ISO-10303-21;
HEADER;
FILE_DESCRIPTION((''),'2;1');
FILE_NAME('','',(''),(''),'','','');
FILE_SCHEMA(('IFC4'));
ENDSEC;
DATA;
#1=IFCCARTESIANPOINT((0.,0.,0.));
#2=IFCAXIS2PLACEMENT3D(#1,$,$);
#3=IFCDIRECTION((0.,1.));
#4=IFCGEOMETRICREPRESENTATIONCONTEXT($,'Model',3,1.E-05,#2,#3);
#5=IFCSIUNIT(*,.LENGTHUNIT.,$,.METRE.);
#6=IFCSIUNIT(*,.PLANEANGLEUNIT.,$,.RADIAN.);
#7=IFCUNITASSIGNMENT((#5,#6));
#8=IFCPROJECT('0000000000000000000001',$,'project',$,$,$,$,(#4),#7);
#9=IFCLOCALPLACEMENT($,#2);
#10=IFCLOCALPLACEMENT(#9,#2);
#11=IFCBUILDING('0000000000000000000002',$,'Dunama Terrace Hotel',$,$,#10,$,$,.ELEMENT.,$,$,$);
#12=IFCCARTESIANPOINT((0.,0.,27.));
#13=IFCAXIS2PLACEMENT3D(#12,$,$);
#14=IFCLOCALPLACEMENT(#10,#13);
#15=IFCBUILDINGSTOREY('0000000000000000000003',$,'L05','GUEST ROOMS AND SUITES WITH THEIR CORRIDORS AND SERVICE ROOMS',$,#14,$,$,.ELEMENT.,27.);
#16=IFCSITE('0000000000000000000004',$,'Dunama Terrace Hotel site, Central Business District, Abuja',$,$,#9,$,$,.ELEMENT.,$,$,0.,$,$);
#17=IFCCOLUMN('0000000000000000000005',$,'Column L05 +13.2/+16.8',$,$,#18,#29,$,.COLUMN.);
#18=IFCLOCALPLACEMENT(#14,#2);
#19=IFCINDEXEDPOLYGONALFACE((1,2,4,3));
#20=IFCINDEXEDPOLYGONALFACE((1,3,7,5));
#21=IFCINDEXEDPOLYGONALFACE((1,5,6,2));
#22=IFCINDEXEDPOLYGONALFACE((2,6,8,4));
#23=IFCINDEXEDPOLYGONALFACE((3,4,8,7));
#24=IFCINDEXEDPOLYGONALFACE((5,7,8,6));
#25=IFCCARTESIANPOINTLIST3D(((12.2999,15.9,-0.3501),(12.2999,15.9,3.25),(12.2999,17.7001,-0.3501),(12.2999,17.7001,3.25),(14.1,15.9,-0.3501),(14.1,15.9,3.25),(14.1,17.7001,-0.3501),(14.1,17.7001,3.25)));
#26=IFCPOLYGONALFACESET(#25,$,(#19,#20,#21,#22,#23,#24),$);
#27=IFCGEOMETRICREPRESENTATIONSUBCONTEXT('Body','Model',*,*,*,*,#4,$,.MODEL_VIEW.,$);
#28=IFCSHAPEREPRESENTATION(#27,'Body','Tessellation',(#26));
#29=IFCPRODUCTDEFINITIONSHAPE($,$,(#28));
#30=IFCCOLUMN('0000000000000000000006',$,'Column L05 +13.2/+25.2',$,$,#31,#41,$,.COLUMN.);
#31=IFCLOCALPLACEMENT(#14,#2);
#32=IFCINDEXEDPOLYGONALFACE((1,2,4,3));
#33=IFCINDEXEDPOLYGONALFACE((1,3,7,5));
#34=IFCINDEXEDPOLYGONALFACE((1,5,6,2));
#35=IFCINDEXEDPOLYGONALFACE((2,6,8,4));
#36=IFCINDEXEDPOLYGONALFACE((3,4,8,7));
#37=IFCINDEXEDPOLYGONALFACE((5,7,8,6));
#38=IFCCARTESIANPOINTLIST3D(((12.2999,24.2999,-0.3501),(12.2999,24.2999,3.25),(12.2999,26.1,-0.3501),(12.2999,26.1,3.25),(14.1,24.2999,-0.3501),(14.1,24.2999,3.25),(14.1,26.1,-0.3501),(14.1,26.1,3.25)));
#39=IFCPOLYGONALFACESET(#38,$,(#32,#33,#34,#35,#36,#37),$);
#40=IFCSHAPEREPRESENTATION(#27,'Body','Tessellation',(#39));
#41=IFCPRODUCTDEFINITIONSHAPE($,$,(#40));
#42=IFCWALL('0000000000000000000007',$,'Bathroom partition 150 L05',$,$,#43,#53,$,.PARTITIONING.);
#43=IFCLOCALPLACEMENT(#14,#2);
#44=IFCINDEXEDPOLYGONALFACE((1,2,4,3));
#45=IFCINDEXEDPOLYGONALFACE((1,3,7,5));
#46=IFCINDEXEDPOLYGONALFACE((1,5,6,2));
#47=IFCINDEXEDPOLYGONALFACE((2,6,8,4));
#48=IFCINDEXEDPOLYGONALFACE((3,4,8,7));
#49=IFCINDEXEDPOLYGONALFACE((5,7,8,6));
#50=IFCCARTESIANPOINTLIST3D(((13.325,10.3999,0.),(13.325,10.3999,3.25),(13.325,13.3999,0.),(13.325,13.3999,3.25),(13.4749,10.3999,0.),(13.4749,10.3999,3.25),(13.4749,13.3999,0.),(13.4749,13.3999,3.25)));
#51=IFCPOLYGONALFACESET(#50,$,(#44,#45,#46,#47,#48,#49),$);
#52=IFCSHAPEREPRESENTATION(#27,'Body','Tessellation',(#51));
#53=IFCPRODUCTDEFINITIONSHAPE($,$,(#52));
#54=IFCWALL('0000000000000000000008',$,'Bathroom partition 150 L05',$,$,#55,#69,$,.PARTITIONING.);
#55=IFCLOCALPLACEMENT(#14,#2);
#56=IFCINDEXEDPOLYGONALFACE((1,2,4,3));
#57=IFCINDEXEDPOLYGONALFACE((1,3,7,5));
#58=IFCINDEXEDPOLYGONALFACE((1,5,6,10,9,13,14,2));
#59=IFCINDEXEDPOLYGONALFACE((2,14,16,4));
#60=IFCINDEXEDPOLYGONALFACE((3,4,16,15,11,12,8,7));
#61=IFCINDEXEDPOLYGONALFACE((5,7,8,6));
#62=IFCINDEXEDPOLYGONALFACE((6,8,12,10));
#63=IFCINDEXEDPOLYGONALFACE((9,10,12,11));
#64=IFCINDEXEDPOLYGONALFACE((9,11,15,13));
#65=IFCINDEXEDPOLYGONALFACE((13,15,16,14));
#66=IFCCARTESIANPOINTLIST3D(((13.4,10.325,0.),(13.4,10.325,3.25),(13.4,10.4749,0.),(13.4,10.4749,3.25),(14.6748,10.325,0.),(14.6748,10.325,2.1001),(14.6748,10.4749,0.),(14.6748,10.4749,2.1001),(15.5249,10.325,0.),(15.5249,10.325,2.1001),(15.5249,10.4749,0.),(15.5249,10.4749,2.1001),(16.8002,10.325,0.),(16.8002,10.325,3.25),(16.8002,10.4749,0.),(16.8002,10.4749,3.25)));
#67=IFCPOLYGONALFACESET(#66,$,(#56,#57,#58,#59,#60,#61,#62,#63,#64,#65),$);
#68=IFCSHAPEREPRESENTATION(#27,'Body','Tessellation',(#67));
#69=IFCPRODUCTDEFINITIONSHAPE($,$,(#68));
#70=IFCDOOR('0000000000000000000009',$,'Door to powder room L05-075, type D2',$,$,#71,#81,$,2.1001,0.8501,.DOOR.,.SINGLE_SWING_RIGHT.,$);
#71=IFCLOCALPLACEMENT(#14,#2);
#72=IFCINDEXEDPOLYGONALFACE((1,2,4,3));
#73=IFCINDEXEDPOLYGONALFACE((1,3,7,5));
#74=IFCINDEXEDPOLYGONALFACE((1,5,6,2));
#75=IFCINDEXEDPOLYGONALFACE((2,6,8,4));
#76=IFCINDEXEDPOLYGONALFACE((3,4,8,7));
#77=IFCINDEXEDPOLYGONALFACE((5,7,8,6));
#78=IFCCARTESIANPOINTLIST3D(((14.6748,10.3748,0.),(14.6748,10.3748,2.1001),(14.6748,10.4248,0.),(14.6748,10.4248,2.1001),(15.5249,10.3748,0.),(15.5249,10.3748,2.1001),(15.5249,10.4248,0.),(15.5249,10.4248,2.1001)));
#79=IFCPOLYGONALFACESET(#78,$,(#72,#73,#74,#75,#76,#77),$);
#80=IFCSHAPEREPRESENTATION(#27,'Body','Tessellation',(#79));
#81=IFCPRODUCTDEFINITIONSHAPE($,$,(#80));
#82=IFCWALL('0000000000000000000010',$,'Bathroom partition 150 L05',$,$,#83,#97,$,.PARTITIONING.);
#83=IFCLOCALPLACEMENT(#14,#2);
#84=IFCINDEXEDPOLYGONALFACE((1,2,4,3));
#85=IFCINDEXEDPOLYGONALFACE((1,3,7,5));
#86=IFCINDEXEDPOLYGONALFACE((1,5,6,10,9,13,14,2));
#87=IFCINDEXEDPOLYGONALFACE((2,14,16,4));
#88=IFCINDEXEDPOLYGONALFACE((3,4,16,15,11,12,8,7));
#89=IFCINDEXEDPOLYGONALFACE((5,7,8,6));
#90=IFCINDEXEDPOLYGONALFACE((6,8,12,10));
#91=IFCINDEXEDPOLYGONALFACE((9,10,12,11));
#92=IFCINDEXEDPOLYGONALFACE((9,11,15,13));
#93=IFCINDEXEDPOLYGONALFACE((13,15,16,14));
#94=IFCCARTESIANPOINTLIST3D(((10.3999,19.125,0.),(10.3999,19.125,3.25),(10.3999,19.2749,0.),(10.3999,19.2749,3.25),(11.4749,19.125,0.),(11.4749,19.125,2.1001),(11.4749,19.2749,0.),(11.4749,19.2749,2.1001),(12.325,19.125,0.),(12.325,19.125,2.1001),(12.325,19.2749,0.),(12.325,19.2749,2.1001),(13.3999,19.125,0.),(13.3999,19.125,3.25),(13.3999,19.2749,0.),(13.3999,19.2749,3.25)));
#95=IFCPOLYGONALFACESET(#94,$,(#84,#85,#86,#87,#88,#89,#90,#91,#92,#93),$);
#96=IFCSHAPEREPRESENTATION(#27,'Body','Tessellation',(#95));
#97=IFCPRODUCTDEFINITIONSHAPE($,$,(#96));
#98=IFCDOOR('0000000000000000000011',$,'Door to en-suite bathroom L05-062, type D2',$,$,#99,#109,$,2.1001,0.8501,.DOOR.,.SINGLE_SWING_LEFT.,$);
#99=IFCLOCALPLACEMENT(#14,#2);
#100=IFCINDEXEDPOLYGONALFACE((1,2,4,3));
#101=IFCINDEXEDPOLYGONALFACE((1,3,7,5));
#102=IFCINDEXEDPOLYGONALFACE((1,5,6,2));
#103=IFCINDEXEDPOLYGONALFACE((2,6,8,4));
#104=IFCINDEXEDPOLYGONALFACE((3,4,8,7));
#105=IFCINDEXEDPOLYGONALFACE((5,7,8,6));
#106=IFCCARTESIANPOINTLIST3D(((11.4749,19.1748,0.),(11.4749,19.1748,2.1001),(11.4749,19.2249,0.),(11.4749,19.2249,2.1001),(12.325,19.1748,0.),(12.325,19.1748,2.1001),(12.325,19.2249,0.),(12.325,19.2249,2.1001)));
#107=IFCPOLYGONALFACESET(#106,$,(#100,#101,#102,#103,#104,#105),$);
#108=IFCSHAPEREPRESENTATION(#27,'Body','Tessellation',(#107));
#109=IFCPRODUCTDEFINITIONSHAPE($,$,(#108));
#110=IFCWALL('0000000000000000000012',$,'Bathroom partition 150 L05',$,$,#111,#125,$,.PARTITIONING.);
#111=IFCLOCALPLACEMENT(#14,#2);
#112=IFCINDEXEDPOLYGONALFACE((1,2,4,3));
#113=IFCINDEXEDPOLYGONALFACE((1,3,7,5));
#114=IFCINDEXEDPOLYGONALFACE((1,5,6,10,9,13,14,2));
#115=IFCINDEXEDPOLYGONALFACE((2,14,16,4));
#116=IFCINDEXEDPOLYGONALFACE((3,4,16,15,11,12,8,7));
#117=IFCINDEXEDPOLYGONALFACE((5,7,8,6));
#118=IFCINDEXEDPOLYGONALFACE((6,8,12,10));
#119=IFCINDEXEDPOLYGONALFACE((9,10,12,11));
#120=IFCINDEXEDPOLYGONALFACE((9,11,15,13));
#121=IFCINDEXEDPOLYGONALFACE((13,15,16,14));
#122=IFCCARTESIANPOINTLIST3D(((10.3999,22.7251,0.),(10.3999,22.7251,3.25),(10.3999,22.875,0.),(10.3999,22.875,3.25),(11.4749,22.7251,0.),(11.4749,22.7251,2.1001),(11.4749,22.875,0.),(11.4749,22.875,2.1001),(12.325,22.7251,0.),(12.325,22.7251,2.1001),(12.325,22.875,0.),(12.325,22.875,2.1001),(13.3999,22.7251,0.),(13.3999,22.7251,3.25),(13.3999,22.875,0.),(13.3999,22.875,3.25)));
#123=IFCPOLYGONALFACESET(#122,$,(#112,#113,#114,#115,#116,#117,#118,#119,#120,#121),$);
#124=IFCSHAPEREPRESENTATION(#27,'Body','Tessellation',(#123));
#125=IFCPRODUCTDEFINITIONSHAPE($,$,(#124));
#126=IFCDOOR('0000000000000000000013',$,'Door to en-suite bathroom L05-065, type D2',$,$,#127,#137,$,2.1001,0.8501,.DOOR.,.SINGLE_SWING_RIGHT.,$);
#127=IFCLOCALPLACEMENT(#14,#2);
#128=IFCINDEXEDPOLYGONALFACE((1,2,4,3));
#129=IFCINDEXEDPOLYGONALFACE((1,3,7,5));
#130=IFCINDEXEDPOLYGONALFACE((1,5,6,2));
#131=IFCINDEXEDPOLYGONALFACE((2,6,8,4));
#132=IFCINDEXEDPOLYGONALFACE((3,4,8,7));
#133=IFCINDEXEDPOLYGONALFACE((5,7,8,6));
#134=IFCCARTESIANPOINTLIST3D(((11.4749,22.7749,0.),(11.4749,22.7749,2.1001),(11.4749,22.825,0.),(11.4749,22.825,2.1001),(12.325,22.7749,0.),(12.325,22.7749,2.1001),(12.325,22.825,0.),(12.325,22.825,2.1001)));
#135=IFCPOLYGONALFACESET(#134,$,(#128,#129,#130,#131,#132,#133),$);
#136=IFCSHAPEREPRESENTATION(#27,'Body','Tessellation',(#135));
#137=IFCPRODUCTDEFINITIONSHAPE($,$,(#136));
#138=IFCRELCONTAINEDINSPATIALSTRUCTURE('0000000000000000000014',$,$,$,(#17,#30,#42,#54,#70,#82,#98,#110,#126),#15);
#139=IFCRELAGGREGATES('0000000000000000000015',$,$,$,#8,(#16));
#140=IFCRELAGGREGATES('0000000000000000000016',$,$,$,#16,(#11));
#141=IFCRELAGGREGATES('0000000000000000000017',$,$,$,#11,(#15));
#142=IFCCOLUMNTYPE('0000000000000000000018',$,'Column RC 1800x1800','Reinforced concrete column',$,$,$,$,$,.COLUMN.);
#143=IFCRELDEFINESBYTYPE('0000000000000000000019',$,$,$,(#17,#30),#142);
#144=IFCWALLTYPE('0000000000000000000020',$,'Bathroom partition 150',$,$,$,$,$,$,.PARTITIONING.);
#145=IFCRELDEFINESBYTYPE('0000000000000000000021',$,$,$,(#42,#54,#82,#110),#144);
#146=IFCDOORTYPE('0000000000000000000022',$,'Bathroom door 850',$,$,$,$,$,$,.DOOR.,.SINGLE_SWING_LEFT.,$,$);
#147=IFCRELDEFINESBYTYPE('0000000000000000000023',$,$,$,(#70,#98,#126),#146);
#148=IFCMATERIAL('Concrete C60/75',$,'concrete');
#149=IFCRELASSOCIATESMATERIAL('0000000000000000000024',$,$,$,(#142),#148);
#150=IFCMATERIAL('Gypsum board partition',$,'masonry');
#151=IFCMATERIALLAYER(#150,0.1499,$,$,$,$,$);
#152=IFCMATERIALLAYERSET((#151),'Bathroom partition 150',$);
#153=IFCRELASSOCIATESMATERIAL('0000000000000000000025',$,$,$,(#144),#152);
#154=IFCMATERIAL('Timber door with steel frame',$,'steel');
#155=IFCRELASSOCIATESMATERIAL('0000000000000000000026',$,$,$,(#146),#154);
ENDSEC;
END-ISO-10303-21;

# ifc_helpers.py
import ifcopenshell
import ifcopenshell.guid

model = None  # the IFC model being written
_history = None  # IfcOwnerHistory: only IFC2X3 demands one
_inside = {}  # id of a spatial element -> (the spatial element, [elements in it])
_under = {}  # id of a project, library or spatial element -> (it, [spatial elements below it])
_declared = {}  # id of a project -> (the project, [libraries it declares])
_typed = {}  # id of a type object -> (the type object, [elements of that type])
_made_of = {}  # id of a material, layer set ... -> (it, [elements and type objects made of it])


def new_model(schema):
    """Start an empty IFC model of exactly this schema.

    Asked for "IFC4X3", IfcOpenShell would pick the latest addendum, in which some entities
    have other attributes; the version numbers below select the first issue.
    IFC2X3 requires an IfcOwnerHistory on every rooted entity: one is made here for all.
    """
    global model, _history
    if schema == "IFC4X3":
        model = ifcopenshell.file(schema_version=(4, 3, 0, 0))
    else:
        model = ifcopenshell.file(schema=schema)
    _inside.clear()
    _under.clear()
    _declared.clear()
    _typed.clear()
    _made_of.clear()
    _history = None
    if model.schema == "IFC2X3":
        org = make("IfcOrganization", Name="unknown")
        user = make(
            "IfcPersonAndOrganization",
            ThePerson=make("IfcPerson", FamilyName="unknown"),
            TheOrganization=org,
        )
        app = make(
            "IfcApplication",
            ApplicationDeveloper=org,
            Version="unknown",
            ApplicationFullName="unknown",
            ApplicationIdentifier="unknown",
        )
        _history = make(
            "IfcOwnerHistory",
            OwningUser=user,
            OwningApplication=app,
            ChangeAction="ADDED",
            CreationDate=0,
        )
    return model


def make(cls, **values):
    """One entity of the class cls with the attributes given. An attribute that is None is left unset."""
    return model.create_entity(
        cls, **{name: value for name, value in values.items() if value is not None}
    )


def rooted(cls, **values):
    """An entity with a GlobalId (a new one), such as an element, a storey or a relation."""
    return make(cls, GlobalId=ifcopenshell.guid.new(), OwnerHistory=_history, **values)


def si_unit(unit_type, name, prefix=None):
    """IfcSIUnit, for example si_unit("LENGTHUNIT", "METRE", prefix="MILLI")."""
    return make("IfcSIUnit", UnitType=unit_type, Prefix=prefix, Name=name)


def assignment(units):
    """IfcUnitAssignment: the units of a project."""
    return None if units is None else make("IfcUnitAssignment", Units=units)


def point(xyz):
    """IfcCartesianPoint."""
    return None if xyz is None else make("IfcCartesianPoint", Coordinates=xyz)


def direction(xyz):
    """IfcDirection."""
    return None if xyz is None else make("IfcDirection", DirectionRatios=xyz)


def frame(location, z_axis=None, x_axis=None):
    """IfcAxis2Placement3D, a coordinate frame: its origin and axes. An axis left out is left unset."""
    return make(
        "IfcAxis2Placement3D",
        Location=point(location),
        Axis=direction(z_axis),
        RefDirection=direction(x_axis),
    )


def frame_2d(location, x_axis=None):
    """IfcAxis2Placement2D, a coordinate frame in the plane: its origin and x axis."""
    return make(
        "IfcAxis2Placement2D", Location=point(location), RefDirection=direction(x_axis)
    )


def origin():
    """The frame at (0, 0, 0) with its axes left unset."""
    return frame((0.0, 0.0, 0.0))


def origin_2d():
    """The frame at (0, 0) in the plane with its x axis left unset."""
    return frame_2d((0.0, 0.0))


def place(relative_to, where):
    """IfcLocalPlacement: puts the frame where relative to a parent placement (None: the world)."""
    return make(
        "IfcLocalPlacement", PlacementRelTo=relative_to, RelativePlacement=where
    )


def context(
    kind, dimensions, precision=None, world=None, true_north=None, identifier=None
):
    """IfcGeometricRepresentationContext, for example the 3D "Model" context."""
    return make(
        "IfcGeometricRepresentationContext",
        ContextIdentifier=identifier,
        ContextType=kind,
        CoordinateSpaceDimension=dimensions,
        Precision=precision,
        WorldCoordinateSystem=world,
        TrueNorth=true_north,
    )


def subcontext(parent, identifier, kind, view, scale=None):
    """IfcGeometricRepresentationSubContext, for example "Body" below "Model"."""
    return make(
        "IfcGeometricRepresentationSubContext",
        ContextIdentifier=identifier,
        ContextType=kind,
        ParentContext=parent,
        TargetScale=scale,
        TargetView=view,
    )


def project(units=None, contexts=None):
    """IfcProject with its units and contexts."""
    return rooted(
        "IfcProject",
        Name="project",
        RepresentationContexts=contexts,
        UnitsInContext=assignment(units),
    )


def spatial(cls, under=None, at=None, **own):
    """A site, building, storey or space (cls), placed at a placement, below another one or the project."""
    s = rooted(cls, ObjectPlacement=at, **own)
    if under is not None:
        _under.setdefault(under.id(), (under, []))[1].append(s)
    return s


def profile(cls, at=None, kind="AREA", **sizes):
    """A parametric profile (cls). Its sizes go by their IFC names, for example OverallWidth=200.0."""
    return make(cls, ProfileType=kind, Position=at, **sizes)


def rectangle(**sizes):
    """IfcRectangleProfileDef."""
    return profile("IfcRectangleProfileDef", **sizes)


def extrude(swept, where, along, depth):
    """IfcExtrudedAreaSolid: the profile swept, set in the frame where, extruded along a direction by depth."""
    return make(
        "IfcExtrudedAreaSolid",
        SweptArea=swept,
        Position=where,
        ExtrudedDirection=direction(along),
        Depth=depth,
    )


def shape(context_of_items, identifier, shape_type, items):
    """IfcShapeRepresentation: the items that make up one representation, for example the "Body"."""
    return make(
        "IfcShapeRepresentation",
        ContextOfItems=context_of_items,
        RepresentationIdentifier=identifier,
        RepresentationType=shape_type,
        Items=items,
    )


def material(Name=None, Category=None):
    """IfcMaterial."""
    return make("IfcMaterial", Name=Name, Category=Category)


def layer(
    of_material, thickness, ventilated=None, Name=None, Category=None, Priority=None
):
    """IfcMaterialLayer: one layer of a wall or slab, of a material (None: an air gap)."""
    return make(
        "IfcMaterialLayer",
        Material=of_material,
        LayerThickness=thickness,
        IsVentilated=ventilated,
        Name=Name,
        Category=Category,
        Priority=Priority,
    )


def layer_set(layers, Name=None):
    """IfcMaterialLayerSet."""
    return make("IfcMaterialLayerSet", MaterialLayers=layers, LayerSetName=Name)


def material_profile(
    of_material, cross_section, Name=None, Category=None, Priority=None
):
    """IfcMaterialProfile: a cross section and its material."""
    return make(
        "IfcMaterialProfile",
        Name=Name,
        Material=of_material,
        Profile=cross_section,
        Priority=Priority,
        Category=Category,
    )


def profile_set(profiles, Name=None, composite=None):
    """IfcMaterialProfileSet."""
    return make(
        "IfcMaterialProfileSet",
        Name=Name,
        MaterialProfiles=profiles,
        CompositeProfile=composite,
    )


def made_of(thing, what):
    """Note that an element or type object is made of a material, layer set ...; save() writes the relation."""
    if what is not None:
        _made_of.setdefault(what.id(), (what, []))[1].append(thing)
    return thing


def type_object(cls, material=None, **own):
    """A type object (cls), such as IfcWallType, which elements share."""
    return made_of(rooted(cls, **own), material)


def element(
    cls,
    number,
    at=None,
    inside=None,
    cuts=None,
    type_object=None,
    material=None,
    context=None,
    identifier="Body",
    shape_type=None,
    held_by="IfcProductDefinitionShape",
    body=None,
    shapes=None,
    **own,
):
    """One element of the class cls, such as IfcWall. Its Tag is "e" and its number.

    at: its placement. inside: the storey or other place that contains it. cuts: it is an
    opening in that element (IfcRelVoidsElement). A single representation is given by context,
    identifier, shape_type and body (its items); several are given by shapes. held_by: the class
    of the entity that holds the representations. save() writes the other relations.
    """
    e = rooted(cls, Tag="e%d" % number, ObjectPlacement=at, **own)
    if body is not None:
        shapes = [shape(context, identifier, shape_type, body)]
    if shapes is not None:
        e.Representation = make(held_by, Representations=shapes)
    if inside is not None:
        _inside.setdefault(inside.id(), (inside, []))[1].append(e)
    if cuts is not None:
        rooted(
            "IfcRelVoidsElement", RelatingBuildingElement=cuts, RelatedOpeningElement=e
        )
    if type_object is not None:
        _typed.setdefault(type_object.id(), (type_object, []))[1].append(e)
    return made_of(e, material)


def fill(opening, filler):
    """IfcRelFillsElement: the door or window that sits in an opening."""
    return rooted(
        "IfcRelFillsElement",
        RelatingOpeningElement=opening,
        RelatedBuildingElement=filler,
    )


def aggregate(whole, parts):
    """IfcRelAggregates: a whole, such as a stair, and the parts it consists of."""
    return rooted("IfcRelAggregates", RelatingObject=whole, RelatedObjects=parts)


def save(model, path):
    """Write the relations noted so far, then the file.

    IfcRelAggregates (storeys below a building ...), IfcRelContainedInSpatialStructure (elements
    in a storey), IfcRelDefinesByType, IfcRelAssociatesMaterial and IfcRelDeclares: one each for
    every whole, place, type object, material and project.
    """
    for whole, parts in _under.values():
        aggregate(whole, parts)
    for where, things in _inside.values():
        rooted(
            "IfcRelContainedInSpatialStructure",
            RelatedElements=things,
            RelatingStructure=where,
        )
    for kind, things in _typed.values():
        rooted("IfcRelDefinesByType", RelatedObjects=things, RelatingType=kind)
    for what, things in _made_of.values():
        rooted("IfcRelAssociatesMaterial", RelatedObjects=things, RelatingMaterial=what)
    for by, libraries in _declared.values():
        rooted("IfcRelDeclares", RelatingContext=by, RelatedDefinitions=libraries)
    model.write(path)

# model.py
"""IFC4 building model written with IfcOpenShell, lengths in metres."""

from ifc_helpers import new_model, si_unit, direction, frame, frame_2d, origin, origin_2d, place, context, subcontext, project, spatial, rectangle, extrude, material, layer, layer_set, material_profile, profile_set, type_object, element, fill, save


model = new_model("IFC4")

# Units and contexts
model_context = context("Model", 3, precision=1e-05, world=origin(), true_north=direction((0.0, 1.0)))
body_context = subcontext(model_context, "Body", "Model", "MODEL_VIEW")
ifc_project = project(units=[si_unit("LENGTHUNIT", "METRE"), si_unit("PLANEANGLEUNIT", "RADIAN")], contexts=[model_context])

# Site, building, storey
site_placement = place(None, origin())
site = spatial("IfcSite", under=ifc_project, at=site_placement, Name="Dunama Terrace Hotel site, Central Business District, Abuja", CompositionType="ELEMENT", RefElevation=0.0)
building_placement = place(site_placement, origin())
building = spatial("IfcBuilding", under=site, at=building_placement, Name="Dunama Terrace Hotel", CompositionType="ELEMENT")
storey_placement = place(building_placement, frame((0.0, 0.0, 27.0)))
storey = spatial("IfcBuildingStorey", under=building, at=storey_placement, Name="L05", Description="GUEST ROOMS AND SUITES WITH THEIR CORRIDORS AND SERVICE ROOMS", CompositionType="ELEMENT", Elevation=27.0)

# Columns
ifc_material_1 = material(Name="Concrete C60/75", Category="concrete")
ifc_material_profile = material_profile(ifc_material_1, rectangle(XDim=1.8, YDim=1.8, at=origin_2d()), Name="RC 1800x1800")
ifc_profile_set = profile_set([ifc_material_profile], Name="Concrete C60/75")
column_type = type_object("IfcColumnType", Name="Column RC 1800x1800", Description="Reinforced concrete column", PredefinedType="COLUMN", material=ifc_profile_set)
for number, where, z_axis, x_axis, name in (
    (1, (13.2, 16.8, -0.3501), (0.0, 0.0, 1.0), (1.0, 0.0, 0.0), "Column L05 +13.2/+16.8"),
    (2, (13.2, 25.2, -0.3501), (0.0, 0.0, 1.0), (1.0, 0.0, 0.0), "Column L05 +13.2/+25.2"),
):
    element("IfcColumn", number, at=place(storey_placement, frame(where, z_axis=z_axis, x_axis=x_axis)), inside=storey, type_object=column_type, Name=name, PredefinedType="COLUMN", context=body_context, shape_type="SweptSolid", body=[
        extrude(rectangle(XDim=1.8, YDim=1.8, at=origin_2d()), origin(), (0.0, 0.0, 1.0), 3.6001),
    ])

# Wall
ifc_material_2 = material(Name="Gypsum board partition", Category="masonry")
ifc_layer_1 = layer(ifc_material_2, 0.1499)
ifc_layer_set_1 = layer_set([ifc_layer_1], Name="Bathroom partition 150")
wall_type_1 = type_object("IfcWallType", Name="Bathroom partition 150", PredefinedType="PARTITIONING", material=ifc_layer_set_1)
wall_1_placement = place(storey_placement, frame((13.3999, 10.3999, 0.0), z_axis=(0.0, 0.0, 1.0), x_axis=(0.0, 1.0, 0.0)))
element("IfcWall", 3, at=wall_1_placement, inside=storey, type_object=wall_type_1, Name="Bathroom partition 150 L05", PredefinedType="PARTITIONING", context=body_context, shape_type="SweptSolid", body=[
    extrude(rectangle(XDim=3.0, YDim=0.1499, at=frame_2d((1.5, 0.0))), origin(), (0.0, 0.0, 1.0), 3.25),
])

# Walls, openings, doors
wall_2_placement = place(storey_placement, frame((13.3999, 10.3999, 0.0), z_axis=(0.0, 0.0, 1.0), x_axis=(1.0, 0.0, 0.0)))
wall_2 = element("IfcWall", 4, at=wall_2_placement, inside=storey, type_object=wall_type_1, Name="Bathroom partition 150 L05", PredefinedType="PARTITIONING", context=body_context, shape_type="SweptSolid", body=[
    extrude(rectangle(XDim=3.4001, YDim=0.1499, at=frame_2d((1.7002, 0.0))), origin(), (0.0, 0.0, 1.0), 3.25),
])
opening_1_placement = place(wall_2_placement, frame((1.2749, 0.0, 0.0)))
opening_1 = element("IfcOpeningElement", 5, at=opening_1_placement, cuts=wall_2, PredefinedType="OPENING", context=body_context, shape_type="SweptSolid", body=[
    extrude(rectangle(XDim=0.8501, YDim=2.1001, at=frame_2d((0.425, 1.05))), frame((0.0, 0.085, 0.0), z_axis=(0.0, -1.0, 0.0), x_axis=(1.0, 0.0, 0.0)), (0.0, 0.0, 1.0), 0.1699),
])
ifc_material_3 = material(Name="Timber door with steel frame", Category="steel")
door_type_1 = type_object("IfcDoorType", Name="Bathroom door 850", OperationType="SINGLE_SWING_LEFT", PredefinedType="DOOR", material=ifc_material_3)
door_1_placement = place(opening_1_placement, origin())
door_1 = element("IfcDoor", 6, at=door_1_placement, inside=storey, type_object=door_type_1, Name="Door to powder room L05-075, type D2", OperationType="SINGLE_SWING_RIGHT", OverallHeight=2.1001, OverallWidth=0.8501, PredefinedType="DOOR", context=body_context, shape_type="SweptSolid", body=[
    extrude(rectangle(XDim=0.8501, YDim=2.1001, at=frame_2d((0.425, 1.05))), frame((0.0, 0.0249, 0.0), z_axis=(0.0, -1.0, 0.0), x_axis=(1.0, 0.0, 0.0)), (0.0, 0.0, 1.0), 0.05),
])
fill(opening_1, door_1)
wall_3_placement = place(storey_placement, frame((10.3999, 19.2, 0.0), z_axis=(0.0, 0.0, 1.0), x_axis=(1.0, 0.0, 0.0)))
wall_3 = element("IfcWall", 7, at=wall_3_placement, inside=storey, type_object=wall_type_1, Name="Bathroom partition 150 L05", PredefinedType="PARTITIONING", context=body_context, shape_type="SweptSolid", body=[
    extrude(rectangle(XDim=3.0, YDim=0.1499, at=frame_2d((1.5, 0.0))), origin(), (0.0, 0.0, 1.0), 3.25),
])
opening_2_placement = place(wall_3_placement, frame((1.075, 0.0, 0.0)))
opening_2 = element("IfcOpeningElement", 8, at=opening_2_placement, cuts=wall_3, PredefinedType="OPENING", context=body_context, shape_type="SweptSolid", body=[
    extrude(rectangle(XDim=0.8501, YDim=2.1001, at=frame_2d((0.425, 1.05))), frame((0.0, 0.085, 0.0), z_axis=(0.0, -1.0, 0.0), x_axis=(1.0, 0.0, 0.0)), (0.0, 0.0, 1.0), 0.1699),
])
door_2_placement = place(opening_2_placement, frame((0.8501, 0.0, 0.0), z_axis=(0.0, 0.0, 1.0), x_axis=(-1.0, 0.0, 0.0)))
door_2 = element("IfcDoor", 9, at=door_2_placement, inside=storey, type_object=door_type_1, Name="Door to en-suite bathroom L05-062, type D2", OperationType="SINGLE_SWING_LEFT", OverallHeight=2.1001, OverallWidth=0.8501, PredefinedType="DOOR", context=body_context, shape_type="SweptSolid", body=[
    extrude(rectangle(XDim=0.8501, YDim=2.1001, at=frame_2d((0.425, 1.05))), frame((0.0, 0.0251, 0.0), z_axis=(0.0, -1.0, 0.0), x_axis=(1.0, 0.0, 0.0)), (0.0, 0.0, 1.0), 0.05),
])
fill(opening_2, door_2)
wall_4_placement = place(storey_placement, frame((10.3999, 22.8, 0.0), z_axis=(0.0, 0.0, 1.0), x_axis=(1.0, 0.0, 0.0)))
wall_4 = element("IfcWall", 10, at=wall_4_placement, inside=storey, type_object=wall_type_1, Name="Bathroom partition 150 L05", PredefinedType="PARTITIONING", context=body_context, shape_type="SweptSolid", body=[
    extrude(rectangle(XDim=3.0, YDim=0.1499, at=frame_2d((1.5, 0.0))), origin(), (0.0, 0.0, 1.0), 3.25),
])
opening_3_placement = place(wall_4_placement, frame((1.075, 0.0, 0.0)))
opening_3 = element("IfcOpeningElement", 11, at=opening_3_placement, cuts=wall_4, PredefinedType="OPENING", context=body_context, shape_type="SweptSolid", body=[
    extrude(rectangle(XDim=0.8501, YDim=2.1001, at=frame_2d((0.425, 1.05))), frame((0.0, 0.085, 0.0), z_axis=(0.0, -1.0, 0.0), x_axis=(1.0, 0.0, 0.0)), (0.0, 0.0, 1.0), 0.1699),
])
door_3_placement = place(opening_3_placement, origin())
door_3 = element("IfcDoor", 12, at=door_3_placement, inside=storey, type_object=door_type_1, Name="Door to en-suite bathroom L05-065, type D2", OperationType="SINGLE_SWING_RIGHT", OverallHeight=2.1001, OverallWidth=0.8501, PredefinedType="DOOR", context=body_context, shape_type="SweptSolid", body=[
    extrude(rectangle(XDim=0.8501, YDim=2.1001, at=frame_2d((0.425, 1.05))), frame((0.0, 0.0249, 0.0), z_axis=(0.0, -1.0, 0.0), x_axis=(1.0, 0.0, 0.0)), (0.0, 0.0, 1.0), 0.05),
])
fill(opening_3, door_3)

save(model, "model.ifc")
